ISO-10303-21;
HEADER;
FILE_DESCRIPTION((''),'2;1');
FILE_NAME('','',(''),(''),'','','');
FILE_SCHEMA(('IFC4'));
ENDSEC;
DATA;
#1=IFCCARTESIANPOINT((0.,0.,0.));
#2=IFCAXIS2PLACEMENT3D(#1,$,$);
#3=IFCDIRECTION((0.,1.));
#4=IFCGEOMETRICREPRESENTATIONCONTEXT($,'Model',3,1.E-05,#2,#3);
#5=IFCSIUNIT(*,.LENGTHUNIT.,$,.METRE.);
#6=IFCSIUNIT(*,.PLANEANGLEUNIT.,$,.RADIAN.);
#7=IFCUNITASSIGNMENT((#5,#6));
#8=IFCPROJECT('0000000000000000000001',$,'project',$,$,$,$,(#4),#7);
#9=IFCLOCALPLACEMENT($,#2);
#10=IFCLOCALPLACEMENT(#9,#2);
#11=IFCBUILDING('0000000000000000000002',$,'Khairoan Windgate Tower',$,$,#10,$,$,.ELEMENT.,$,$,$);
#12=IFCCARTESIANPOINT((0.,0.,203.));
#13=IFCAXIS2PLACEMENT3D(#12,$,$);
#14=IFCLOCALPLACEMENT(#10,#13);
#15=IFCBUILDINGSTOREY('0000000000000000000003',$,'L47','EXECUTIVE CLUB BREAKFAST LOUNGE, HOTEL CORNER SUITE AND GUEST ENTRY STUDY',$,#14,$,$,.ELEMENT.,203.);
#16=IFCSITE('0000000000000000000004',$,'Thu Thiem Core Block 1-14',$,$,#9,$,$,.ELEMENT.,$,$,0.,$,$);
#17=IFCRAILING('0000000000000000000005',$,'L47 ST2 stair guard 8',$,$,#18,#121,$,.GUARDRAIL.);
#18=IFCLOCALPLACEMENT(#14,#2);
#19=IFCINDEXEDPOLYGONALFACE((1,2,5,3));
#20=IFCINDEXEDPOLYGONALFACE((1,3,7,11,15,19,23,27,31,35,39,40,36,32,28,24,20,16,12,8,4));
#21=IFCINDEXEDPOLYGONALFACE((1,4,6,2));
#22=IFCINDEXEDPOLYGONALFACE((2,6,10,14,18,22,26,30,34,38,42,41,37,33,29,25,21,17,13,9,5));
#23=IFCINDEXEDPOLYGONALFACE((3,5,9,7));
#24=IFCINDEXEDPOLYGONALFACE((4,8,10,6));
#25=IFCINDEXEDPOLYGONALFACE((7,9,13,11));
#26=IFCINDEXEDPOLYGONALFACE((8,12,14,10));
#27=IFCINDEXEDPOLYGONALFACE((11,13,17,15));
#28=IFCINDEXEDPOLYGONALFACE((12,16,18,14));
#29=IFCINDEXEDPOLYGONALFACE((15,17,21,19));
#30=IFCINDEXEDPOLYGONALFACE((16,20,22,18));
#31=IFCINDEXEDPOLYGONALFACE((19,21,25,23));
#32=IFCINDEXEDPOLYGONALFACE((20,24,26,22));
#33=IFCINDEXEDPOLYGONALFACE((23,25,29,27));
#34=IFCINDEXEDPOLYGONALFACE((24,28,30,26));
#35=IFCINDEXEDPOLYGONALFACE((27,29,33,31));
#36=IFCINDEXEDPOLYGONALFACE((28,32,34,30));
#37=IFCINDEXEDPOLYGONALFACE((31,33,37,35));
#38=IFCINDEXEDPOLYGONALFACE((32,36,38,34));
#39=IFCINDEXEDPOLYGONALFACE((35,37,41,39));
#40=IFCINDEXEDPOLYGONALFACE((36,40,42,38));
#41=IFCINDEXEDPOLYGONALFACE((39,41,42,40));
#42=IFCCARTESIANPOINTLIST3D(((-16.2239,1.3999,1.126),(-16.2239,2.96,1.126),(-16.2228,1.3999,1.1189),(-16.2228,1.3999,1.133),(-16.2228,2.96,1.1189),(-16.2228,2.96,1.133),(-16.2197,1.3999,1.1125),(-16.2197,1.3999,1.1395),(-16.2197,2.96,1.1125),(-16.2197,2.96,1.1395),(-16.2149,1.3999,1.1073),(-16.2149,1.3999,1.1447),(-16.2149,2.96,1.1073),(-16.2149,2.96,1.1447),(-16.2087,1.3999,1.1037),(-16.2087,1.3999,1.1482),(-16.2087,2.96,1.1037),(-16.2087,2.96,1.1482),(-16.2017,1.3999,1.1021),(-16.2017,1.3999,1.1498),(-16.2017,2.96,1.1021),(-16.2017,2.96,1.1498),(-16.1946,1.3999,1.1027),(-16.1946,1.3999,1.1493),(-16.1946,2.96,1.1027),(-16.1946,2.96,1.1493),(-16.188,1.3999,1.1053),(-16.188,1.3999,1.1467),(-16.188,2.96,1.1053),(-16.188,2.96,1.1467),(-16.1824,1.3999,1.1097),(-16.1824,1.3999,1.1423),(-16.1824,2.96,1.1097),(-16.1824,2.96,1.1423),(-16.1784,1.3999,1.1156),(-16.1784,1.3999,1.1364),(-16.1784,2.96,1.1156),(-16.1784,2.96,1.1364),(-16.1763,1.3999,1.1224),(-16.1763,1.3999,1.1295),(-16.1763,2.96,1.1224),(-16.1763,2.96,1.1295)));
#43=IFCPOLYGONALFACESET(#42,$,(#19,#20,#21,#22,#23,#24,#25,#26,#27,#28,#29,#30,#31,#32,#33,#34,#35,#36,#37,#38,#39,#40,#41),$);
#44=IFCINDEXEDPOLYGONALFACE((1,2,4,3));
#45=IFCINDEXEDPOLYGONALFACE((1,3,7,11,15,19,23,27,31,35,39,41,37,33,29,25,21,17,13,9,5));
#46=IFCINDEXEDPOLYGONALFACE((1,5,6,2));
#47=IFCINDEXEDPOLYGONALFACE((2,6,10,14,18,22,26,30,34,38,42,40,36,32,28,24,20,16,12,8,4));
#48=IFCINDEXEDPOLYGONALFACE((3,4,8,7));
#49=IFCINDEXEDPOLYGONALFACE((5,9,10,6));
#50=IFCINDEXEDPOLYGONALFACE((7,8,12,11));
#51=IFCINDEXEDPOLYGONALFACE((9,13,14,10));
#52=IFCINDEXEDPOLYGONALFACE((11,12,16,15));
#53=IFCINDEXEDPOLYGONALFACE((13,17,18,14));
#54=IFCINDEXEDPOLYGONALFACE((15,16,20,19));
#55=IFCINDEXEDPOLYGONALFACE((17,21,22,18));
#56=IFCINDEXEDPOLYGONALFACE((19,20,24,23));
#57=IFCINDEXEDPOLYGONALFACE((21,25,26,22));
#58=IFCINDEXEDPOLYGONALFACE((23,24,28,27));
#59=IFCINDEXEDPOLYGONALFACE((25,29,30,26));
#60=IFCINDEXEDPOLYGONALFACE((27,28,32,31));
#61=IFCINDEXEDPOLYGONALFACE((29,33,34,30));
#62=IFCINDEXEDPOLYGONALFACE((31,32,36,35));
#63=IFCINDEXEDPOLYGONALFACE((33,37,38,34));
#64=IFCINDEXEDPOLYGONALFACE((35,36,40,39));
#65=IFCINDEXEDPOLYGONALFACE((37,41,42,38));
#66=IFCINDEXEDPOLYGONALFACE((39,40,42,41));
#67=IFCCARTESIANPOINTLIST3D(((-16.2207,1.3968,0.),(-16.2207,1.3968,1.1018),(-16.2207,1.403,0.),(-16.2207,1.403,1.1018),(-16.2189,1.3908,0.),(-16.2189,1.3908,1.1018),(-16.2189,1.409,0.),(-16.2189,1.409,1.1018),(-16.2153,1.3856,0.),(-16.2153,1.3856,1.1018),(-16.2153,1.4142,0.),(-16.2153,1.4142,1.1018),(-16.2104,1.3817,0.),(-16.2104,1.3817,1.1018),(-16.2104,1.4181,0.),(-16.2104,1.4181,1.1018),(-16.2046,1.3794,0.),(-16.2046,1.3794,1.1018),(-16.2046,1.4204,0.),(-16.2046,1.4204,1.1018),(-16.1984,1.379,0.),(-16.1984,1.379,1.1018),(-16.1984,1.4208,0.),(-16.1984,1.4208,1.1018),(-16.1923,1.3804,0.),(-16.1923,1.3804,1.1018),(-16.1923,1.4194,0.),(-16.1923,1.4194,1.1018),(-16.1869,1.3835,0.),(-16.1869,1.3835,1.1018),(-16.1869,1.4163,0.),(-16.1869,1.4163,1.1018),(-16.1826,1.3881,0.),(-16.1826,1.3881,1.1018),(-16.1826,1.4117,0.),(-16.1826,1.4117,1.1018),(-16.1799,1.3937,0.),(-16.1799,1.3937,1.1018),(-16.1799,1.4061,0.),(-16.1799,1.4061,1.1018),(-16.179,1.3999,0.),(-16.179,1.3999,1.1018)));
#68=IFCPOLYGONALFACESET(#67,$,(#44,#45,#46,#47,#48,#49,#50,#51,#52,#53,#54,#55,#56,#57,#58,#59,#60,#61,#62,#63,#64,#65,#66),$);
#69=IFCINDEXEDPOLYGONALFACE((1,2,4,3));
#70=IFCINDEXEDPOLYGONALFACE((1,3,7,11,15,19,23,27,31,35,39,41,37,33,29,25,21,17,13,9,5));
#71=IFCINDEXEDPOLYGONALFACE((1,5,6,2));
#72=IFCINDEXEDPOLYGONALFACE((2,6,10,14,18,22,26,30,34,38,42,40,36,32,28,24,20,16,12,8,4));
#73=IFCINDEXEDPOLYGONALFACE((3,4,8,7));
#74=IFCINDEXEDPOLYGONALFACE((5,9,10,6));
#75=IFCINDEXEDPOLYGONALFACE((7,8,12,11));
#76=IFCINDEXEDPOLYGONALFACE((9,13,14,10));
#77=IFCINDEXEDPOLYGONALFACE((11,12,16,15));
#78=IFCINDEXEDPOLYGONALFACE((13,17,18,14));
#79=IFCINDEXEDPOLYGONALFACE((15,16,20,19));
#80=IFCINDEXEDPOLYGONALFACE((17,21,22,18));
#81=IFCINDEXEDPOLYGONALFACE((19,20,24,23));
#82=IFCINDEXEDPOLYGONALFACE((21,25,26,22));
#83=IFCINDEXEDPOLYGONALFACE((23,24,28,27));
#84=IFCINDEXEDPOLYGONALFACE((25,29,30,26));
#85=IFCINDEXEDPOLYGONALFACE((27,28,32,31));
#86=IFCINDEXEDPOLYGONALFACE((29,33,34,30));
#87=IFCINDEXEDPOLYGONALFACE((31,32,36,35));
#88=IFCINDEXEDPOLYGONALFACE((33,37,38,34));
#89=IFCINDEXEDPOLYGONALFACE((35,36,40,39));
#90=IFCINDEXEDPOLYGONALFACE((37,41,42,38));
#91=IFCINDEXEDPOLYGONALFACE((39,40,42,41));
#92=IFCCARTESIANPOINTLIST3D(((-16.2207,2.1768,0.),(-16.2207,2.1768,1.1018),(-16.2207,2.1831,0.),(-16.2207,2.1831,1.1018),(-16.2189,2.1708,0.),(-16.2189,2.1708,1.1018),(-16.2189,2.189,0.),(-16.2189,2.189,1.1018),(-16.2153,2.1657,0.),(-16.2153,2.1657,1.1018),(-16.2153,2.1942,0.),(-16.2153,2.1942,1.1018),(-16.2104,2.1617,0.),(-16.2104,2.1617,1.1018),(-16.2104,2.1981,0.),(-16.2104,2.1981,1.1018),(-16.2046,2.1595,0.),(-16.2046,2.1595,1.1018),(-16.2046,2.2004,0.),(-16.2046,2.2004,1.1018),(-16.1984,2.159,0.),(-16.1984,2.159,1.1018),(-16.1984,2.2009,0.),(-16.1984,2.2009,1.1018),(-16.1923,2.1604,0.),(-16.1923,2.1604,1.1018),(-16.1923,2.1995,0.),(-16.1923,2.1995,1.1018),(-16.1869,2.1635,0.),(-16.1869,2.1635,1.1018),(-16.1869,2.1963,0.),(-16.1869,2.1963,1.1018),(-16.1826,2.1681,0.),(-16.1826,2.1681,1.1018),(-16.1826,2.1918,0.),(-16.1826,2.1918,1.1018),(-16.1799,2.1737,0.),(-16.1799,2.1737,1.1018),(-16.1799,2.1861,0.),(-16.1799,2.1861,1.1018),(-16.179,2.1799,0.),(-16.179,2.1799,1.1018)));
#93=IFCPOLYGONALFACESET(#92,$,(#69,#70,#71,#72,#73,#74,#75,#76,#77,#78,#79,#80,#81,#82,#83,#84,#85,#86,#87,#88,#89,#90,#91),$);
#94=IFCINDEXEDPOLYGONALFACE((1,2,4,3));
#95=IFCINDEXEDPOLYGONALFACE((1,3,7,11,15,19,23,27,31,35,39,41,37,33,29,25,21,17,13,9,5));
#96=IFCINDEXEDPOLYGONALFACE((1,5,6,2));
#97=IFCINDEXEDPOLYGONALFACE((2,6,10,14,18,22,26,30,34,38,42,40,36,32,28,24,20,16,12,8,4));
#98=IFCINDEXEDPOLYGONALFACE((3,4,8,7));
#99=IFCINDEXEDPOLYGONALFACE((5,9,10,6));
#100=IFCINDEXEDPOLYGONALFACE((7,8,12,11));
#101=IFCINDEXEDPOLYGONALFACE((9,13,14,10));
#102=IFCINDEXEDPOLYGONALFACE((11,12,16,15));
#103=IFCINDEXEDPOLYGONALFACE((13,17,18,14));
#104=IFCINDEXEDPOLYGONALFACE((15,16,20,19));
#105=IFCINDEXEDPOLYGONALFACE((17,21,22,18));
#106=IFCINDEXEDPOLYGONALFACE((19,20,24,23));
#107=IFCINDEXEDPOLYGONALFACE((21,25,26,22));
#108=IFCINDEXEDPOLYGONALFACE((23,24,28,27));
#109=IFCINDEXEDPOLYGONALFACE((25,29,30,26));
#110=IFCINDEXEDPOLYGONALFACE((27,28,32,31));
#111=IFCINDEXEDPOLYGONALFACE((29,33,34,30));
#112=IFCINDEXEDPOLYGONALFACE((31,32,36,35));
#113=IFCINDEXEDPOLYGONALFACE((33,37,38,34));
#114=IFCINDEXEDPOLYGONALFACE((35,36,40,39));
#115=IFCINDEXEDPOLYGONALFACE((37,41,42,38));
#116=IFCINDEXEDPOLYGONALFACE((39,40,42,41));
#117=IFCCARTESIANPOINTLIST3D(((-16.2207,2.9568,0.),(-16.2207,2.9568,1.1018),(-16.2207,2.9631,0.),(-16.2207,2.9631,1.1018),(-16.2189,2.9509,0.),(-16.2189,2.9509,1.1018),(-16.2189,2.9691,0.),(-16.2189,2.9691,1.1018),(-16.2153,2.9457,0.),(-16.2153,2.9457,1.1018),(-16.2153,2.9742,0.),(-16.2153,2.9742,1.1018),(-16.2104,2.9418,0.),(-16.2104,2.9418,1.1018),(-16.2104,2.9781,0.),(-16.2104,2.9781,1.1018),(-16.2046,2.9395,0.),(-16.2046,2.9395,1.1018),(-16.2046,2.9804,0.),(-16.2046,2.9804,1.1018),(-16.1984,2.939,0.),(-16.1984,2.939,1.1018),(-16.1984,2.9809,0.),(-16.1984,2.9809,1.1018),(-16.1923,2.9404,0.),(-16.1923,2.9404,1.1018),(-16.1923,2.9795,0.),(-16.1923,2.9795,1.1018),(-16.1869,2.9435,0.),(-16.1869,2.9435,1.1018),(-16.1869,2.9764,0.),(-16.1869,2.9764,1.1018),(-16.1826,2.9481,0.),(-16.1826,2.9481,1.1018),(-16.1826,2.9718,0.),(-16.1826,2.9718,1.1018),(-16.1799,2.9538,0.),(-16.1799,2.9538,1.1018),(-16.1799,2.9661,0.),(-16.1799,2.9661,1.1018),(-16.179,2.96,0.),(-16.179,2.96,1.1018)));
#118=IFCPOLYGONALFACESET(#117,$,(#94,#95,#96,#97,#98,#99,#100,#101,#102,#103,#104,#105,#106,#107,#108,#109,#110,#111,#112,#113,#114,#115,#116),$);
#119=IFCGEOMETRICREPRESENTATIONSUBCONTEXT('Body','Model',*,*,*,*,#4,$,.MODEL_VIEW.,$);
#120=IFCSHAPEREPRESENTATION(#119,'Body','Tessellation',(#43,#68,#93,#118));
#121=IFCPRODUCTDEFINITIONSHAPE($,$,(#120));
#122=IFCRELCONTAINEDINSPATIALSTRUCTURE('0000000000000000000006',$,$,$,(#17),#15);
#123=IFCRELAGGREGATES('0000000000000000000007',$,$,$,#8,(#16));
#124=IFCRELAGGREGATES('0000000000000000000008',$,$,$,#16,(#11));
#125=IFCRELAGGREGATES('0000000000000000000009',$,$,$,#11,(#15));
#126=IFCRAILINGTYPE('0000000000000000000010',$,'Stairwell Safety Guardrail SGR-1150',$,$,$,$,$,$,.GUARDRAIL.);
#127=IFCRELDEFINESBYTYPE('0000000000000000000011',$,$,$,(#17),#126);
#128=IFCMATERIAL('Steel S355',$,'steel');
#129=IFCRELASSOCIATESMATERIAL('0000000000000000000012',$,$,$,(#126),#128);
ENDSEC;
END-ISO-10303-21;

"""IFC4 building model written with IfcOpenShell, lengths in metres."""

from ifc_helpers import new_model, si_unit, direction, frame, origin, origin_2d, place, context, subcontext, project, spatial, circle, extrude, material, type_object, element, save


model = new_model("IFC4")

# Units and contexts
model_context = context("Model", 3, precision=1e-05, world=origin(), true_north=direction((0.0, 1.0)))
body_context = subcontext(model_context, "Body", "Model", "MODEL_VIEW")
ifc_project = project(units=[si_unit("LENGTHUNIT", "METRE"), si_unit("PLANEANGLEUNIT", "RADIAN")], contexts=[model_context])

# Site, building, storey
site_placement = place(None, origin())
site = spatial("IfcSite", under=ifc_project, at=site_placement, Name="Thu Thiem Core Block 1-14", CompositionType="ELEMENT", RefElevation=0.0)
building_placement = place(site_placement, origin())
building = spatial("IfcBuilding", under=site, at=building_placement, Name="Khairoan Windgate Tower", CompositionType="ELEMENT")
storey_placement = place(building_placement, frame((0.0, 0.0, 203.0)))
storey = spatial("IfcBuildingStorey", under=building, at=storey_placement, Name="L47", Description="EXECUTIVE CLUB BREAKFAST LOUNGE, HOTEL CORNER SUITE AND GUEST ENTRY STUDY", CompositionType="ELEMENT", Elevation=203.0)

# Railing
ifc_material_1 = material(Name="Steel S355", Category="steel")
railing_type_1 = type_object("IfcRailingType", Name="Stairwell Safety Guardrail SGR-1150", PredefinedType="GUARDRAIL", material=ifc_material_1)
railing_1_placement = place(storey_placement, frame((-16.2, 1.3999, 0.0)))
element("IfcRailing", 1, at=railing_1_placement, inside=storey, type_object=railing_type_1, Name="L47 ST2 stair guard 8", PredefinedType="GUARDRAIL", context=body_context, shape_type="SweptSolid", body=[
    extrude(circle(Radius=0.0239, at=origin_2d()), frame((0.0, 0.0, 1.126), z_axis=(0.0, 1.0, 0.0), x_axis=(-1.0, 0.0, 0.0)), (0.0, 0.0, 1.0), 1.5601),
    extrude(circle(Radius=0.021, at=origin_2d()), origin(), (0.0, 0.0, 1.0), 1.1018),
    extrude(circle(Radius=0.021, at=origin_2d()), frame((0.0, 0.78, 0.0)), (0.0, 0.0, 1.0), 1.1018),
    extrude(circle(Radius=0.021, at=origin_2d()), frame((0.0, 1.5601, 0.0)), (0.0, 0.0, 1.0), 1.1018),
])

save(model, "model.ifc")
